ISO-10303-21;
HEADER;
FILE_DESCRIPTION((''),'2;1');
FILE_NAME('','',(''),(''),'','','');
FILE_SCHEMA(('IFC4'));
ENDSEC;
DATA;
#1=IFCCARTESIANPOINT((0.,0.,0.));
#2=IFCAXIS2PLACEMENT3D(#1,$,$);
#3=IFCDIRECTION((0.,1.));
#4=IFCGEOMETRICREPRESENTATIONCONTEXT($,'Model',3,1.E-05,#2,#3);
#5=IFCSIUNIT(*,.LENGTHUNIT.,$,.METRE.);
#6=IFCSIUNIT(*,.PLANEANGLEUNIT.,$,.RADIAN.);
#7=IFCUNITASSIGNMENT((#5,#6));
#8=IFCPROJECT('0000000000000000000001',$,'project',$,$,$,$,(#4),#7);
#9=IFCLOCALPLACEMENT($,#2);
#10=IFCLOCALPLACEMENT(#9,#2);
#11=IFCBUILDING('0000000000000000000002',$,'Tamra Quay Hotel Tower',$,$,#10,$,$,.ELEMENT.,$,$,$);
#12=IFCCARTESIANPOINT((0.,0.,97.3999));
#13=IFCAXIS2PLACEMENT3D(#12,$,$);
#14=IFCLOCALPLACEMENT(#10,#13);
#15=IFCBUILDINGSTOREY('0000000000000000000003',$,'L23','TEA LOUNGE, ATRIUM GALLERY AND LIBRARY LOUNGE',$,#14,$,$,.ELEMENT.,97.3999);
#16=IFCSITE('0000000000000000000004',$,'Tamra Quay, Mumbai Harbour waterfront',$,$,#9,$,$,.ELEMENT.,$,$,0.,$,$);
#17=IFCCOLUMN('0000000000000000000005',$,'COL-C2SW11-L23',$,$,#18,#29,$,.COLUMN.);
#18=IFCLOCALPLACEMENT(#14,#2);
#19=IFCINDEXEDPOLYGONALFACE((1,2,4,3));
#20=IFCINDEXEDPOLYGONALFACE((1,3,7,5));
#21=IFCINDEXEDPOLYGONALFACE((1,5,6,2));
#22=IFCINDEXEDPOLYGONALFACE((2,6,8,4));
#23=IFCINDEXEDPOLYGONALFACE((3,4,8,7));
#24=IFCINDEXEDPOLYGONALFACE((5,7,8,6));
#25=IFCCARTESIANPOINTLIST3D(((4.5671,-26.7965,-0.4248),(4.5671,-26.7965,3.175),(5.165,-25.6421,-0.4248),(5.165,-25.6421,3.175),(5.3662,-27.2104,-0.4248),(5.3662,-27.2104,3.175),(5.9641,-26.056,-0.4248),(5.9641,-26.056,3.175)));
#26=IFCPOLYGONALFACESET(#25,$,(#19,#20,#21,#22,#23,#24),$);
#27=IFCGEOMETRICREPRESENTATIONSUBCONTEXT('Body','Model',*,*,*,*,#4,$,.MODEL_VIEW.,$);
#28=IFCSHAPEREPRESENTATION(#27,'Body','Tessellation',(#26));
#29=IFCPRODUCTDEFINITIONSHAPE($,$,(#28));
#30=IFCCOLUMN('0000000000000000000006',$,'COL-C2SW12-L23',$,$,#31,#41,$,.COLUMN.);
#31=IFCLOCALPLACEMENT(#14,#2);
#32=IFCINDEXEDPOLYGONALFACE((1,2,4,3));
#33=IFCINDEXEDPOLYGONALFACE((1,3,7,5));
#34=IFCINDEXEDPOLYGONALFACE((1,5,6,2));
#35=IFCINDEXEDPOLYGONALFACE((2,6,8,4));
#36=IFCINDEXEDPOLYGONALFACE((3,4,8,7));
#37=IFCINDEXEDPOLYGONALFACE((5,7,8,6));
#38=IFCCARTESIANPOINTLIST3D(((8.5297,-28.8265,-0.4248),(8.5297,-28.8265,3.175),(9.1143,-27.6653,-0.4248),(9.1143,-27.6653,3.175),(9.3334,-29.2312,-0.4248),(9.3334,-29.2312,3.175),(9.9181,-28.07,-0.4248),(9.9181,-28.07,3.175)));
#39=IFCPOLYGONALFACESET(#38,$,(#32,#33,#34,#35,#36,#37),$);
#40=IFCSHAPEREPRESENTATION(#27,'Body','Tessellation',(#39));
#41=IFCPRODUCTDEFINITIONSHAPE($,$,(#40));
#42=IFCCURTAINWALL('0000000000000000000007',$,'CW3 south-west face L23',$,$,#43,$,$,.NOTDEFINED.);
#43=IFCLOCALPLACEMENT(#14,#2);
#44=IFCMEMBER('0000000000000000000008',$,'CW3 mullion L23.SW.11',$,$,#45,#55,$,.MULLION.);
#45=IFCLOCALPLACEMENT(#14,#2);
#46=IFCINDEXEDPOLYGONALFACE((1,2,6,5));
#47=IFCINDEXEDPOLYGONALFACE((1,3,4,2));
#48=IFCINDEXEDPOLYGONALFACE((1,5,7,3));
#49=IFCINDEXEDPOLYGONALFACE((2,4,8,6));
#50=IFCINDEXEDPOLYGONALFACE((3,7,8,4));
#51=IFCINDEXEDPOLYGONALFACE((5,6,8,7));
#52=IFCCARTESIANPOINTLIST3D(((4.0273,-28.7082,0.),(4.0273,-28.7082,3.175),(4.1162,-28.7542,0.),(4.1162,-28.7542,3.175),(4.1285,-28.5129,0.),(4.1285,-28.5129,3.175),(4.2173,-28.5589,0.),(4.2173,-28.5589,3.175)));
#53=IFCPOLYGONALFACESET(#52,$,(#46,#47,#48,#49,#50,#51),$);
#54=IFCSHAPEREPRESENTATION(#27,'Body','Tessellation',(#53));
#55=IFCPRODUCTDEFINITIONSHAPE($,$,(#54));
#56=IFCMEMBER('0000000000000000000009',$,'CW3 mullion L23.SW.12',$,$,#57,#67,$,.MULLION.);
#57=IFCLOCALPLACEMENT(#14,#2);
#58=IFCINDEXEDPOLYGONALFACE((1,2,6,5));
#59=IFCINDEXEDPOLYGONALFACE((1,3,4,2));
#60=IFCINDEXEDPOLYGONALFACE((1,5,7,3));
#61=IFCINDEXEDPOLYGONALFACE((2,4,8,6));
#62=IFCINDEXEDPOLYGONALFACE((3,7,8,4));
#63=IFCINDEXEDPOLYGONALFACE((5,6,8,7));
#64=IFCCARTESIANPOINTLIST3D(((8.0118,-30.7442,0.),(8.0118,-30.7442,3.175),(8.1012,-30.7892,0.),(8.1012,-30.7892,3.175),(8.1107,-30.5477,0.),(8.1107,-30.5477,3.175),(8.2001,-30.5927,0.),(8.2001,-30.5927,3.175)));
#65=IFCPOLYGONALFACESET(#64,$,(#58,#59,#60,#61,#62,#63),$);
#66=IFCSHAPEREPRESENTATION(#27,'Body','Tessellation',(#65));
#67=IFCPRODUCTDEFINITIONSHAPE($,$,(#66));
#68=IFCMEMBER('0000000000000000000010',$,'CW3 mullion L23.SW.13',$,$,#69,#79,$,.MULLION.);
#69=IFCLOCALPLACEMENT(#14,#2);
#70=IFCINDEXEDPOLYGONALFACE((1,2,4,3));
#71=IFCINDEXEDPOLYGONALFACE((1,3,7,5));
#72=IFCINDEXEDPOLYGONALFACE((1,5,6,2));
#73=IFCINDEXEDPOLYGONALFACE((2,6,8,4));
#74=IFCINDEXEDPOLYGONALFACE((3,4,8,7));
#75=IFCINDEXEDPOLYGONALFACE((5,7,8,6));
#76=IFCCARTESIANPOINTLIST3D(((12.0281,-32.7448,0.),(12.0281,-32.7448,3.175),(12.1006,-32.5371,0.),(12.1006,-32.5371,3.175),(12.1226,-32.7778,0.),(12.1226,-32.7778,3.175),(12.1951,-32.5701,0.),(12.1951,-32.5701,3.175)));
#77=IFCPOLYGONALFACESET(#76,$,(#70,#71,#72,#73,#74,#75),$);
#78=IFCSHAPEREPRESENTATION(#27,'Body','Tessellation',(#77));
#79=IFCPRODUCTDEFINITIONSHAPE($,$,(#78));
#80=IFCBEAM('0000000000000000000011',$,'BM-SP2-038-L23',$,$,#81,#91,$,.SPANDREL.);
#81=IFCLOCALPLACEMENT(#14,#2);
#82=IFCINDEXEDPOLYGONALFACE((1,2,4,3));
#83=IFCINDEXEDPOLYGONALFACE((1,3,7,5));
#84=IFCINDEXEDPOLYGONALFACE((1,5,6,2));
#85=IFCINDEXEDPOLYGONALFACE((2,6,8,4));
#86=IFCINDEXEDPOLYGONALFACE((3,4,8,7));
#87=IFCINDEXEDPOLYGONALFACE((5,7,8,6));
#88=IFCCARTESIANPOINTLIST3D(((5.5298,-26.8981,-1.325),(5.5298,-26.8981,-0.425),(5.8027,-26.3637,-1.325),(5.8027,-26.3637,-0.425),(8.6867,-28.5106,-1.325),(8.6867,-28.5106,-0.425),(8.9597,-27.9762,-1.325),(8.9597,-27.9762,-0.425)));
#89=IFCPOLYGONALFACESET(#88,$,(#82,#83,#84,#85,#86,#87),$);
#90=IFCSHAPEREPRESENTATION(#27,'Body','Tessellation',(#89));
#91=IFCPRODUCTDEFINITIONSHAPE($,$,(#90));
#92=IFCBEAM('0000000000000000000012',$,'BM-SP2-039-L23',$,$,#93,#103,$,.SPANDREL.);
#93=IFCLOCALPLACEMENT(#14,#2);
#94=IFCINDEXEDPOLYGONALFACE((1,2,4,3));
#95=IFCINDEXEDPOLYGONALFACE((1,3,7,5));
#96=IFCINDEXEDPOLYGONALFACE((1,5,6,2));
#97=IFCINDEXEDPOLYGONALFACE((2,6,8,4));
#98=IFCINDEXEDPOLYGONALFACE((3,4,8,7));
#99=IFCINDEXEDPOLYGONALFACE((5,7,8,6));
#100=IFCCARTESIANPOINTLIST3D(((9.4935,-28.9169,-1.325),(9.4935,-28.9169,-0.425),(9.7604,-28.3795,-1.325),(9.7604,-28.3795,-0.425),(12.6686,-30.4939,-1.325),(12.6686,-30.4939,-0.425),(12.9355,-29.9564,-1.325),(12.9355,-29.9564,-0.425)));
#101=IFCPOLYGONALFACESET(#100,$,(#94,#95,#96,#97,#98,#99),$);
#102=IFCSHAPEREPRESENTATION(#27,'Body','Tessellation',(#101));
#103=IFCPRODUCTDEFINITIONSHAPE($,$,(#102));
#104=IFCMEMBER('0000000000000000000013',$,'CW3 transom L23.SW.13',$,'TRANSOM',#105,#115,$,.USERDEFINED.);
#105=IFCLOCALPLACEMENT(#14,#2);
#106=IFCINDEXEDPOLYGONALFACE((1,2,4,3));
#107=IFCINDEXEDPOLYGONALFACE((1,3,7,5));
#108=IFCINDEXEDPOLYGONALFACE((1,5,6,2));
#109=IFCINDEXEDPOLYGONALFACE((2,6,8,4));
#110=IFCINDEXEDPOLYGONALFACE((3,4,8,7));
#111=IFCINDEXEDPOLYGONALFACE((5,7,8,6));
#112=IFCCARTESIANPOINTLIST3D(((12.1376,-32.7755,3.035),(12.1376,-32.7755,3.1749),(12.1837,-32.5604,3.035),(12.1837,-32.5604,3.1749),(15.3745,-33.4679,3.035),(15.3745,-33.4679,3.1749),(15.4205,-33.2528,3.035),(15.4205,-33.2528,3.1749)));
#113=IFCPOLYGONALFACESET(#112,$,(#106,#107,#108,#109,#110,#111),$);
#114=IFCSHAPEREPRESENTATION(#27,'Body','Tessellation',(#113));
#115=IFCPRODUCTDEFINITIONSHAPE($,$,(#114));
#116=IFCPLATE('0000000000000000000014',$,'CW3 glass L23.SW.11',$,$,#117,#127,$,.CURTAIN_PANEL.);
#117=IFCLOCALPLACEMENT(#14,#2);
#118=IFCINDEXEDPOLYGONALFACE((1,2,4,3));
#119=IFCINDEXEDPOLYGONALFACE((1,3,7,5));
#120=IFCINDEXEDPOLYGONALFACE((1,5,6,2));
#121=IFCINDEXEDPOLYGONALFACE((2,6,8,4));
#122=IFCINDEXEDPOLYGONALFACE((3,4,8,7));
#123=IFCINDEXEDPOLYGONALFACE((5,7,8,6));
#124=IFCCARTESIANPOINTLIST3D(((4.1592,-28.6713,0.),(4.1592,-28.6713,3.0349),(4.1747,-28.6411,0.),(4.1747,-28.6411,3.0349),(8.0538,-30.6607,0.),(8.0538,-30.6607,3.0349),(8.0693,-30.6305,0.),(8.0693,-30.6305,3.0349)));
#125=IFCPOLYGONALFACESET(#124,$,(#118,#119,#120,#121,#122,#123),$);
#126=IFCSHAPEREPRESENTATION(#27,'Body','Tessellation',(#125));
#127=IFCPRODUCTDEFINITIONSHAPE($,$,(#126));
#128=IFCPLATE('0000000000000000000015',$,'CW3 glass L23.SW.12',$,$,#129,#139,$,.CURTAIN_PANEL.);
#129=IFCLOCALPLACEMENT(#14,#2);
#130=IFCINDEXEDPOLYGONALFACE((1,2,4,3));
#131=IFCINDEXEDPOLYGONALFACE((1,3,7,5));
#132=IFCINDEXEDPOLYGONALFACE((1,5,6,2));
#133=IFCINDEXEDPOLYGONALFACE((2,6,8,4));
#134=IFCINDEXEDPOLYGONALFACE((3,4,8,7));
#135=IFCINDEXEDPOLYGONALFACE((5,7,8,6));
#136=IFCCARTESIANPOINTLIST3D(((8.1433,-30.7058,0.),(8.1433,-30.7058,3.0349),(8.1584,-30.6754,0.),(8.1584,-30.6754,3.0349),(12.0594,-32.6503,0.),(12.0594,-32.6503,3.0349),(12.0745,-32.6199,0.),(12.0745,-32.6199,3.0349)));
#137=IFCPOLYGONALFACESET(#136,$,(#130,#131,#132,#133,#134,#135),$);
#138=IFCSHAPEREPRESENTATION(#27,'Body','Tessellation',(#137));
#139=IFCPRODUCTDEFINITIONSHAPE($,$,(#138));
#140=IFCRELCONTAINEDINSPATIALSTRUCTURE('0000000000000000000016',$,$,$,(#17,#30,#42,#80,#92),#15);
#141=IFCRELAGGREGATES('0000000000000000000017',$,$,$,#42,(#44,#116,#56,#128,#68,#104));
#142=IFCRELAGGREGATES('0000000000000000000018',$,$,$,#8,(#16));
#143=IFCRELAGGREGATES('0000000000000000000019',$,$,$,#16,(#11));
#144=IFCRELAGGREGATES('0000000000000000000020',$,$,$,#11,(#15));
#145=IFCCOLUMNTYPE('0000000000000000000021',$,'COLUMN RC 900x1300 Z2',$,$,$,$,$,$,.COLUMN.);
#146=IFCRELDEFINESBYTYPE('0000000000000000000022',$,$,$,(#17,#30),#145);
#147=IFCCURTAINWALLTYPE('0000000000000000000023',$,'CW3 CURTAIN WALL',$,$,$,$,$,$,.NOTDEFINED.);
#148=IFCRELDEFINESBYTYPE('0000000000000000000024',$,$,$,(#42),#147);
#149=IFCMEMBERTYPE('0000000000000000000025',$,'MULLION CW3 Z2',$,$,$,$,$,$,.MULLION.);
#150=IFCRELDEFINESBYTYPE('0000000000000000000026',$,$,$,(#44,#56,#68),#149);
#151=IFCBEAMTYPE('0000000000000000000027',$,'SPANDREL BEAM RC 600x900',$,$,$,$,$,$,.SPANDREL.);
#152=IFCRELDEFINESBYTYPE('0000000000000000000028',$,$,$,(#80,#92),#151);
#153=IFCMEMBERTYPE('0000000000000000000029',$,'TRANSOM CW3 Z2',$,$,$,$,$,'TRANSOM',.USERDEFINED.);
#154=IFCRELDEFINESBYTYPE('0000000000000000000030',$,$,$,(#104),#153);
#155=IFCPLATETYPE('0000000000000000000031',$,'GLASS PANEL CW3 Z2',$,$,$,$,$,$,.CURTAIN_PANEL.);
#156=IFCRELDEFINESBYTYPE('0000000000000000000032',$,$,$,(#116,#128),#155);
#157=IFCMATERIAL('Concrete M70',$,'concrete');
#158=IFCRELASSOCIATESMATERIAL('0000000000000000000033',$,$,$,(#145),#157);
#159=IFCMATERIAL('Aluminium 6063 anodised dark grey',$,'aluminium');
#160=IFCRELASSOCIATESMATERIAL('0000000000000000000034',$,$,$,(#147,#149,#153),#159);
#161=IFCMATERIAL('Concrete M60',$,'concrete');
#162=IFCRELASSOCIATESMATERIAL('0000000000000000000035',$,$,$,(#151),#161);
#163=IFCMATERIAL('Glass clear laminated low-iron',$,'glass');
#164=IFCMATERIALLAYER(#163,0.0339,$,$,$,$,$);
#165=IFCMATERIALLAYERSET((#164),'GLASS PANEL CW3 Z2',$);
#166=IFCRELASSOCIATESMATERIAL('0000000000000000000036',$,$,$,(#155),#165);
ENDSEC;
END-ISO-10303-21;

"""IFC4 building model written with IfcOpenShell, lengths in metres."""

from ifc_helpers import new_model, si_unit, direction, frame, origin, origin_2d, place, context, subcontext, project, spatial, rectangle, extrude, material, layer, layer_set, material_profile, profile_set, type_object, element, aggregate, save


model = new_model("IFC4")

# Units and contexts
model_context = context("Model", 3, precision=1e-05, world=origin(), true_north=direction((0.0, 1.0)))
body_context = subcontext(model_context, "Body", "Model", "MODEL_VIEW")
ifc_project = project(units=[si_unit("LENGTHUNIT", "METRE"), si_unit("PLANEANGLEUNIT", "RADIAN")], contexts=[model_context])

# Site, building, storey
site_placement = place(None, origin())
site = spatial("IfcSite", under=ifc_project, at=site_placement, Name="Tamra Quay, Mumbai Harbour waterfront", CompositionType="ELEMENT", RefElevation=0.0)
building_placement = place(site_placement, origin())
building = spatial("IfcBuilding", under=site, at=building_placement, Name="Tamra Quay Hotel Tower", CompositionType="ELEMENT")
storey_placement = place(building_placement, frame((0.0, 0.0, 97.3999)))
storey = spatial("IfcBuildingStorey", under=building, at=storey_placement, Name="L23", Description="TEA LOUNGE, ATRIUM GALLERY AND LIBRARY LOUNGE", CompositionType="ELEMENT", Elevation=97.3999)

# Columns
ifc_material_1 = material(Name="Concrete M70", Category="concrete")
ifc_material_profile_1 = material_profile(ifc_material_1, rectangle(XDim=1.3, YDim=0.8999, at=origin_2d()), Name="COLUMN RC 900x1300 Z2")
ifc_profile_set_1 = profile_set([ifc_material_profile_1], Name="Concrete M70")
column_type = type_object("IfcColumnType", Name="COLUMN RC 900x1300 Z2", PredefinedType="COLUMN", material=ifc_profile_set_1)
for number, where, z_axis, x_axis, name in (
    (1, (5.2656, -26.4263, -0.4248), (0.0, 0.0, 1.0), (0.45989, 0.887976, 0.0), "COL-C2SW11-L23"),
    (2, (9.2239, -28.4482, -0.4248), (0.0, 0.0, 1.0), (0.449727, 0.893166, 0.0), "COL-C2SW12-L23"),
):
    element("IfcColumn", number, at=place(storey_placement, frame(where, z_axis=z_axis, x_axis=x_axis)), inside=storey, type_object=column_type, Name=name, PredefinedType="COLUMN", context=body_context, shape_type="SweptSolid", body=[
        extrude(rectangle(XDim=1.3, YDim=0.8999, at=origin_2d()), origin(), (0.0, 0.0, 1.0), 3.5999),
    ])

# Curtain wall, members
ifc_material_2 = material(Name="Aluminium 6063 anodised dark grey", Category="aluminium")
curtain_wall_type = type_object("IfcCurtainWallType", Name="CW3 CURTAIN WALL", PredefinedType="NOTDEFINED", material=ifc_material_2)
curtain_wall_placement = place(storey_placement, origin())
curtain_wall = element("IfcCurtainWall", 3, at=curtain_wall_placement, inside=storey, type_object=curtain_wall_type, Name="CW3 south-west face L23", PredefinedType="NOTDEFINED")
ifc_material_profile_2 = material_profile(ifc_material_2, rectangle(XDim=0.22, YDim=0.1001, at=origin_2d()), Name="MULLION 100X220")
ifc_profile_set_2 = profile_set([ifc_material_profile_2], Name="Aluminium 6063 anodised dark grey")
member_type_1 = type_object("IfcMemberType", Name="MULLION CW3 Z2", PredefinedType="MULLION", material=ifc_profile_set_2)
member_1_placement = place(storey_placement, frame((4.1223, -28.6335, 0.0), z_axis=(0.0, 0.0, 1.0), x_axis=(-0.45996, -0.88794, 0.0)))
member_1 = element("IfcMember", 4, at=member_1_placement, type_object=member_type_1, Name="CW3 mullion L23.SW.11", PredefinedType="MULLION", context=body_context, shape_type="SweptSolid", body=[
    extrude(rectangle(XDim=0.22, YDim=0.1001, at=origin_2d()), origin(), (0.0, 0.0, 1.0), 3.175),
])
member_2_placement = place(storey_placement, frame((8.106, -30.6685, 0.0), z_axis=(0.0, 0.0, 1.0), x_axis=(-0.449827, -0.893116, 0.0)))
member_2 = element("IfcMember", 5, at=member_2_placement, type_object=member_type_1, Name="CW3 mullion L23.SW.12", PredefinedType="MULLION", context=body_context, shape_type="SweptSolid", body=[
    extrude(rectangle(XDim=0.22, YDim=0.1001, at=origin_2d()), origin(), (0.0, 0.0, 1.0), 3.175),
])
member_3_placement = place(storey_placement, frame((12.1116, -32.6575, 0.0), z_axis=(0.0, 0.0, 1.0), x_axis=(-0.329532, -0.944144, 0.0)))
member_3 = element("IfcMember", 6, at=member_3_placement, type_object=member_type_1, Name="CW3 mullion L23.SW.13", PredefinedType="MULLION", context=body_context, shape_type="SweptSolid", body=[
    extrude(rectangle(XDim=0.22, YDim=0.1001, at=origin_2d()), origin(), (0.0, 0.0, 1.0), 3.175),
])

# Beams
ifc_material_3 = material(Name="Concrete M60", Category="concrete")
ifc_material_profile_3 = material_profile(ifc_material_3, rectangle(XDim=0.6001, YDim=0.8999, at=origin_2d()), Name="SPANDREL BEAM RC 600x900")
ifc_profile_set_3 = profile_set([ifc_material_profile_3], Name="Concrete M60")
beam_type = type_object("IfcBeamType", Name="SPANDREL BEAM RC 600x900", PredefinedType="SPANDREL", material=ifc_profile_set_3)
beam_1_placement = place(storey_placement, frame((5.6663, -26.6309, -0.875), z_axis=(0.890551, -0.454883, 0.0), x_axis=(0.454883, 0.890551, 0.0)))
element("IfcBeam", 7, at=beam_1_placement, inside=storey, type_object=beam_type, Name="BM-SP2-038-L23", PredefinedType="SPANDREL", context=body_context, shape_type="SweptSolid", body=[
    extrude(rectangle(XDim=0.6001, YDim=0.8999, at=origin_2d()), origin(), (0.0, 0.0, 1.0), 3.5449),
])
beam_2_placement = place(storey_placement, frame((9.627, -28.6482, -0.875), z_axis=(0.895622, -0.444815, 0.0), x_axis=(0.444815, 0.895622, 0.0)))
element("IfcBeam", 8, at=beam_2_placement, inside=storey, type_object=beam_type, Name="BM-SP2-039-L23", PredefinedType="SPANDREL", context=body_context, shape_type="SweptSolid", body=[
    extrude(rectangle(XDim=0.6001, YDim=0.8999, at=origin_2d()), origin(), (0.0, 0.0, 1.0), 3.5452),
])

# Member
ifc_material_profile_4 = material_profile(ifc_material_2, rectangle(XDim=0.22, YDim=0.1399, at=origin_2d()), Name="TRANSOM 220X140")
ifc_profile_set_4 = profile_set([ifc_material_profile_4], Name="Aluminium 6063 anodised dark grey")
member_type_2 = type_object("IfcMemberType", Name="TRANSOM CW3 Z2", ElementType="TRANSOM", PredefinedType="USERDEFINED", material=ifc_profile_set_4)
member_4_placement = place(storey_placement, frame((12.1606, -32.668, 3.105), z_axis=(0.977878, -0.209176, 0.0), x_axis=(0.209176, 0.977878, 0.0)))
member_4 = element("IfcMember", 9, at=member_4_placement, type_object=member_type_2, Name="CW3 transom L23.SW.13", ObjectType="TRANSOM", PredefinedType="USERDEFINED", context=body_context, shape_type="SweptSolid", body=[
    extrude(rectangle(XDim=0.22, YDim=0.1399, at=origin_2d()), origin(), (0.0, 0.0, 1.0), 3.3101),
])

# Plates
ifc_material_4 = material(Name="Glass clear laminated low-iron", Category="glass")
ifc_layer_1 = layer(ifc_material_4, 0.0339)
ifc_layer_set_1 = layer_set([ifc_layer_1], Name="GLASS PANEL CW3 Z2")
plate_type = type_object("IfcPlateType", Name="GLASS PANEL CW3 Z2", PredefinedType="CURTAIN_PANEL", material=ifc_layer_set_1)
plate_1_placement = place(storey_placement, frame((6.1143, -29.6509, 0.0), z_axis=(0.0, 0.0, 1.0), x_axis=(0.890545, -0.454896, 0.0)))
plate_1 = element("IfcPlate", 10, at=plate_1_placement, type_object=plate_type, Name="CW3 glass L23.SW.11", PredefinedType="CURTAIN_PANEL", context=body_context, shape_type="SweptSolid", body=[
    extrude(rectangle(XDim=4.3733, YDim=0.0339, at=origin_2d()), origin(), (0.0, 0.0, 1.0), 3.0349),
])
plate_2_placement = place(storey_placement, frame((10.1089, -31.6628, 0.0), z_axis=(0.0, 0.0, 1.0), x_axis=(0.895658, -0.444743, 0.0)))
plate_2 = element("IfcPlate", 11, at=plate_2_placement, type_object=plate_type, Name="CW3 glass L23.SW.12", PredefinedType="CURTAIN_PANEL", context=body_context, shape_type="SweptSolid", body=[
    extrude(rectangle(XDim=4.3723, YDim=0.0339, at=origin_2d()), origin(), (0.0, 0.0, 1.0), 3.0349),
])
aggregate(curtain_wall, [member_1, plate_1, member_2, plate_2, member_3, member_4])

save(model, "model.ifc")
